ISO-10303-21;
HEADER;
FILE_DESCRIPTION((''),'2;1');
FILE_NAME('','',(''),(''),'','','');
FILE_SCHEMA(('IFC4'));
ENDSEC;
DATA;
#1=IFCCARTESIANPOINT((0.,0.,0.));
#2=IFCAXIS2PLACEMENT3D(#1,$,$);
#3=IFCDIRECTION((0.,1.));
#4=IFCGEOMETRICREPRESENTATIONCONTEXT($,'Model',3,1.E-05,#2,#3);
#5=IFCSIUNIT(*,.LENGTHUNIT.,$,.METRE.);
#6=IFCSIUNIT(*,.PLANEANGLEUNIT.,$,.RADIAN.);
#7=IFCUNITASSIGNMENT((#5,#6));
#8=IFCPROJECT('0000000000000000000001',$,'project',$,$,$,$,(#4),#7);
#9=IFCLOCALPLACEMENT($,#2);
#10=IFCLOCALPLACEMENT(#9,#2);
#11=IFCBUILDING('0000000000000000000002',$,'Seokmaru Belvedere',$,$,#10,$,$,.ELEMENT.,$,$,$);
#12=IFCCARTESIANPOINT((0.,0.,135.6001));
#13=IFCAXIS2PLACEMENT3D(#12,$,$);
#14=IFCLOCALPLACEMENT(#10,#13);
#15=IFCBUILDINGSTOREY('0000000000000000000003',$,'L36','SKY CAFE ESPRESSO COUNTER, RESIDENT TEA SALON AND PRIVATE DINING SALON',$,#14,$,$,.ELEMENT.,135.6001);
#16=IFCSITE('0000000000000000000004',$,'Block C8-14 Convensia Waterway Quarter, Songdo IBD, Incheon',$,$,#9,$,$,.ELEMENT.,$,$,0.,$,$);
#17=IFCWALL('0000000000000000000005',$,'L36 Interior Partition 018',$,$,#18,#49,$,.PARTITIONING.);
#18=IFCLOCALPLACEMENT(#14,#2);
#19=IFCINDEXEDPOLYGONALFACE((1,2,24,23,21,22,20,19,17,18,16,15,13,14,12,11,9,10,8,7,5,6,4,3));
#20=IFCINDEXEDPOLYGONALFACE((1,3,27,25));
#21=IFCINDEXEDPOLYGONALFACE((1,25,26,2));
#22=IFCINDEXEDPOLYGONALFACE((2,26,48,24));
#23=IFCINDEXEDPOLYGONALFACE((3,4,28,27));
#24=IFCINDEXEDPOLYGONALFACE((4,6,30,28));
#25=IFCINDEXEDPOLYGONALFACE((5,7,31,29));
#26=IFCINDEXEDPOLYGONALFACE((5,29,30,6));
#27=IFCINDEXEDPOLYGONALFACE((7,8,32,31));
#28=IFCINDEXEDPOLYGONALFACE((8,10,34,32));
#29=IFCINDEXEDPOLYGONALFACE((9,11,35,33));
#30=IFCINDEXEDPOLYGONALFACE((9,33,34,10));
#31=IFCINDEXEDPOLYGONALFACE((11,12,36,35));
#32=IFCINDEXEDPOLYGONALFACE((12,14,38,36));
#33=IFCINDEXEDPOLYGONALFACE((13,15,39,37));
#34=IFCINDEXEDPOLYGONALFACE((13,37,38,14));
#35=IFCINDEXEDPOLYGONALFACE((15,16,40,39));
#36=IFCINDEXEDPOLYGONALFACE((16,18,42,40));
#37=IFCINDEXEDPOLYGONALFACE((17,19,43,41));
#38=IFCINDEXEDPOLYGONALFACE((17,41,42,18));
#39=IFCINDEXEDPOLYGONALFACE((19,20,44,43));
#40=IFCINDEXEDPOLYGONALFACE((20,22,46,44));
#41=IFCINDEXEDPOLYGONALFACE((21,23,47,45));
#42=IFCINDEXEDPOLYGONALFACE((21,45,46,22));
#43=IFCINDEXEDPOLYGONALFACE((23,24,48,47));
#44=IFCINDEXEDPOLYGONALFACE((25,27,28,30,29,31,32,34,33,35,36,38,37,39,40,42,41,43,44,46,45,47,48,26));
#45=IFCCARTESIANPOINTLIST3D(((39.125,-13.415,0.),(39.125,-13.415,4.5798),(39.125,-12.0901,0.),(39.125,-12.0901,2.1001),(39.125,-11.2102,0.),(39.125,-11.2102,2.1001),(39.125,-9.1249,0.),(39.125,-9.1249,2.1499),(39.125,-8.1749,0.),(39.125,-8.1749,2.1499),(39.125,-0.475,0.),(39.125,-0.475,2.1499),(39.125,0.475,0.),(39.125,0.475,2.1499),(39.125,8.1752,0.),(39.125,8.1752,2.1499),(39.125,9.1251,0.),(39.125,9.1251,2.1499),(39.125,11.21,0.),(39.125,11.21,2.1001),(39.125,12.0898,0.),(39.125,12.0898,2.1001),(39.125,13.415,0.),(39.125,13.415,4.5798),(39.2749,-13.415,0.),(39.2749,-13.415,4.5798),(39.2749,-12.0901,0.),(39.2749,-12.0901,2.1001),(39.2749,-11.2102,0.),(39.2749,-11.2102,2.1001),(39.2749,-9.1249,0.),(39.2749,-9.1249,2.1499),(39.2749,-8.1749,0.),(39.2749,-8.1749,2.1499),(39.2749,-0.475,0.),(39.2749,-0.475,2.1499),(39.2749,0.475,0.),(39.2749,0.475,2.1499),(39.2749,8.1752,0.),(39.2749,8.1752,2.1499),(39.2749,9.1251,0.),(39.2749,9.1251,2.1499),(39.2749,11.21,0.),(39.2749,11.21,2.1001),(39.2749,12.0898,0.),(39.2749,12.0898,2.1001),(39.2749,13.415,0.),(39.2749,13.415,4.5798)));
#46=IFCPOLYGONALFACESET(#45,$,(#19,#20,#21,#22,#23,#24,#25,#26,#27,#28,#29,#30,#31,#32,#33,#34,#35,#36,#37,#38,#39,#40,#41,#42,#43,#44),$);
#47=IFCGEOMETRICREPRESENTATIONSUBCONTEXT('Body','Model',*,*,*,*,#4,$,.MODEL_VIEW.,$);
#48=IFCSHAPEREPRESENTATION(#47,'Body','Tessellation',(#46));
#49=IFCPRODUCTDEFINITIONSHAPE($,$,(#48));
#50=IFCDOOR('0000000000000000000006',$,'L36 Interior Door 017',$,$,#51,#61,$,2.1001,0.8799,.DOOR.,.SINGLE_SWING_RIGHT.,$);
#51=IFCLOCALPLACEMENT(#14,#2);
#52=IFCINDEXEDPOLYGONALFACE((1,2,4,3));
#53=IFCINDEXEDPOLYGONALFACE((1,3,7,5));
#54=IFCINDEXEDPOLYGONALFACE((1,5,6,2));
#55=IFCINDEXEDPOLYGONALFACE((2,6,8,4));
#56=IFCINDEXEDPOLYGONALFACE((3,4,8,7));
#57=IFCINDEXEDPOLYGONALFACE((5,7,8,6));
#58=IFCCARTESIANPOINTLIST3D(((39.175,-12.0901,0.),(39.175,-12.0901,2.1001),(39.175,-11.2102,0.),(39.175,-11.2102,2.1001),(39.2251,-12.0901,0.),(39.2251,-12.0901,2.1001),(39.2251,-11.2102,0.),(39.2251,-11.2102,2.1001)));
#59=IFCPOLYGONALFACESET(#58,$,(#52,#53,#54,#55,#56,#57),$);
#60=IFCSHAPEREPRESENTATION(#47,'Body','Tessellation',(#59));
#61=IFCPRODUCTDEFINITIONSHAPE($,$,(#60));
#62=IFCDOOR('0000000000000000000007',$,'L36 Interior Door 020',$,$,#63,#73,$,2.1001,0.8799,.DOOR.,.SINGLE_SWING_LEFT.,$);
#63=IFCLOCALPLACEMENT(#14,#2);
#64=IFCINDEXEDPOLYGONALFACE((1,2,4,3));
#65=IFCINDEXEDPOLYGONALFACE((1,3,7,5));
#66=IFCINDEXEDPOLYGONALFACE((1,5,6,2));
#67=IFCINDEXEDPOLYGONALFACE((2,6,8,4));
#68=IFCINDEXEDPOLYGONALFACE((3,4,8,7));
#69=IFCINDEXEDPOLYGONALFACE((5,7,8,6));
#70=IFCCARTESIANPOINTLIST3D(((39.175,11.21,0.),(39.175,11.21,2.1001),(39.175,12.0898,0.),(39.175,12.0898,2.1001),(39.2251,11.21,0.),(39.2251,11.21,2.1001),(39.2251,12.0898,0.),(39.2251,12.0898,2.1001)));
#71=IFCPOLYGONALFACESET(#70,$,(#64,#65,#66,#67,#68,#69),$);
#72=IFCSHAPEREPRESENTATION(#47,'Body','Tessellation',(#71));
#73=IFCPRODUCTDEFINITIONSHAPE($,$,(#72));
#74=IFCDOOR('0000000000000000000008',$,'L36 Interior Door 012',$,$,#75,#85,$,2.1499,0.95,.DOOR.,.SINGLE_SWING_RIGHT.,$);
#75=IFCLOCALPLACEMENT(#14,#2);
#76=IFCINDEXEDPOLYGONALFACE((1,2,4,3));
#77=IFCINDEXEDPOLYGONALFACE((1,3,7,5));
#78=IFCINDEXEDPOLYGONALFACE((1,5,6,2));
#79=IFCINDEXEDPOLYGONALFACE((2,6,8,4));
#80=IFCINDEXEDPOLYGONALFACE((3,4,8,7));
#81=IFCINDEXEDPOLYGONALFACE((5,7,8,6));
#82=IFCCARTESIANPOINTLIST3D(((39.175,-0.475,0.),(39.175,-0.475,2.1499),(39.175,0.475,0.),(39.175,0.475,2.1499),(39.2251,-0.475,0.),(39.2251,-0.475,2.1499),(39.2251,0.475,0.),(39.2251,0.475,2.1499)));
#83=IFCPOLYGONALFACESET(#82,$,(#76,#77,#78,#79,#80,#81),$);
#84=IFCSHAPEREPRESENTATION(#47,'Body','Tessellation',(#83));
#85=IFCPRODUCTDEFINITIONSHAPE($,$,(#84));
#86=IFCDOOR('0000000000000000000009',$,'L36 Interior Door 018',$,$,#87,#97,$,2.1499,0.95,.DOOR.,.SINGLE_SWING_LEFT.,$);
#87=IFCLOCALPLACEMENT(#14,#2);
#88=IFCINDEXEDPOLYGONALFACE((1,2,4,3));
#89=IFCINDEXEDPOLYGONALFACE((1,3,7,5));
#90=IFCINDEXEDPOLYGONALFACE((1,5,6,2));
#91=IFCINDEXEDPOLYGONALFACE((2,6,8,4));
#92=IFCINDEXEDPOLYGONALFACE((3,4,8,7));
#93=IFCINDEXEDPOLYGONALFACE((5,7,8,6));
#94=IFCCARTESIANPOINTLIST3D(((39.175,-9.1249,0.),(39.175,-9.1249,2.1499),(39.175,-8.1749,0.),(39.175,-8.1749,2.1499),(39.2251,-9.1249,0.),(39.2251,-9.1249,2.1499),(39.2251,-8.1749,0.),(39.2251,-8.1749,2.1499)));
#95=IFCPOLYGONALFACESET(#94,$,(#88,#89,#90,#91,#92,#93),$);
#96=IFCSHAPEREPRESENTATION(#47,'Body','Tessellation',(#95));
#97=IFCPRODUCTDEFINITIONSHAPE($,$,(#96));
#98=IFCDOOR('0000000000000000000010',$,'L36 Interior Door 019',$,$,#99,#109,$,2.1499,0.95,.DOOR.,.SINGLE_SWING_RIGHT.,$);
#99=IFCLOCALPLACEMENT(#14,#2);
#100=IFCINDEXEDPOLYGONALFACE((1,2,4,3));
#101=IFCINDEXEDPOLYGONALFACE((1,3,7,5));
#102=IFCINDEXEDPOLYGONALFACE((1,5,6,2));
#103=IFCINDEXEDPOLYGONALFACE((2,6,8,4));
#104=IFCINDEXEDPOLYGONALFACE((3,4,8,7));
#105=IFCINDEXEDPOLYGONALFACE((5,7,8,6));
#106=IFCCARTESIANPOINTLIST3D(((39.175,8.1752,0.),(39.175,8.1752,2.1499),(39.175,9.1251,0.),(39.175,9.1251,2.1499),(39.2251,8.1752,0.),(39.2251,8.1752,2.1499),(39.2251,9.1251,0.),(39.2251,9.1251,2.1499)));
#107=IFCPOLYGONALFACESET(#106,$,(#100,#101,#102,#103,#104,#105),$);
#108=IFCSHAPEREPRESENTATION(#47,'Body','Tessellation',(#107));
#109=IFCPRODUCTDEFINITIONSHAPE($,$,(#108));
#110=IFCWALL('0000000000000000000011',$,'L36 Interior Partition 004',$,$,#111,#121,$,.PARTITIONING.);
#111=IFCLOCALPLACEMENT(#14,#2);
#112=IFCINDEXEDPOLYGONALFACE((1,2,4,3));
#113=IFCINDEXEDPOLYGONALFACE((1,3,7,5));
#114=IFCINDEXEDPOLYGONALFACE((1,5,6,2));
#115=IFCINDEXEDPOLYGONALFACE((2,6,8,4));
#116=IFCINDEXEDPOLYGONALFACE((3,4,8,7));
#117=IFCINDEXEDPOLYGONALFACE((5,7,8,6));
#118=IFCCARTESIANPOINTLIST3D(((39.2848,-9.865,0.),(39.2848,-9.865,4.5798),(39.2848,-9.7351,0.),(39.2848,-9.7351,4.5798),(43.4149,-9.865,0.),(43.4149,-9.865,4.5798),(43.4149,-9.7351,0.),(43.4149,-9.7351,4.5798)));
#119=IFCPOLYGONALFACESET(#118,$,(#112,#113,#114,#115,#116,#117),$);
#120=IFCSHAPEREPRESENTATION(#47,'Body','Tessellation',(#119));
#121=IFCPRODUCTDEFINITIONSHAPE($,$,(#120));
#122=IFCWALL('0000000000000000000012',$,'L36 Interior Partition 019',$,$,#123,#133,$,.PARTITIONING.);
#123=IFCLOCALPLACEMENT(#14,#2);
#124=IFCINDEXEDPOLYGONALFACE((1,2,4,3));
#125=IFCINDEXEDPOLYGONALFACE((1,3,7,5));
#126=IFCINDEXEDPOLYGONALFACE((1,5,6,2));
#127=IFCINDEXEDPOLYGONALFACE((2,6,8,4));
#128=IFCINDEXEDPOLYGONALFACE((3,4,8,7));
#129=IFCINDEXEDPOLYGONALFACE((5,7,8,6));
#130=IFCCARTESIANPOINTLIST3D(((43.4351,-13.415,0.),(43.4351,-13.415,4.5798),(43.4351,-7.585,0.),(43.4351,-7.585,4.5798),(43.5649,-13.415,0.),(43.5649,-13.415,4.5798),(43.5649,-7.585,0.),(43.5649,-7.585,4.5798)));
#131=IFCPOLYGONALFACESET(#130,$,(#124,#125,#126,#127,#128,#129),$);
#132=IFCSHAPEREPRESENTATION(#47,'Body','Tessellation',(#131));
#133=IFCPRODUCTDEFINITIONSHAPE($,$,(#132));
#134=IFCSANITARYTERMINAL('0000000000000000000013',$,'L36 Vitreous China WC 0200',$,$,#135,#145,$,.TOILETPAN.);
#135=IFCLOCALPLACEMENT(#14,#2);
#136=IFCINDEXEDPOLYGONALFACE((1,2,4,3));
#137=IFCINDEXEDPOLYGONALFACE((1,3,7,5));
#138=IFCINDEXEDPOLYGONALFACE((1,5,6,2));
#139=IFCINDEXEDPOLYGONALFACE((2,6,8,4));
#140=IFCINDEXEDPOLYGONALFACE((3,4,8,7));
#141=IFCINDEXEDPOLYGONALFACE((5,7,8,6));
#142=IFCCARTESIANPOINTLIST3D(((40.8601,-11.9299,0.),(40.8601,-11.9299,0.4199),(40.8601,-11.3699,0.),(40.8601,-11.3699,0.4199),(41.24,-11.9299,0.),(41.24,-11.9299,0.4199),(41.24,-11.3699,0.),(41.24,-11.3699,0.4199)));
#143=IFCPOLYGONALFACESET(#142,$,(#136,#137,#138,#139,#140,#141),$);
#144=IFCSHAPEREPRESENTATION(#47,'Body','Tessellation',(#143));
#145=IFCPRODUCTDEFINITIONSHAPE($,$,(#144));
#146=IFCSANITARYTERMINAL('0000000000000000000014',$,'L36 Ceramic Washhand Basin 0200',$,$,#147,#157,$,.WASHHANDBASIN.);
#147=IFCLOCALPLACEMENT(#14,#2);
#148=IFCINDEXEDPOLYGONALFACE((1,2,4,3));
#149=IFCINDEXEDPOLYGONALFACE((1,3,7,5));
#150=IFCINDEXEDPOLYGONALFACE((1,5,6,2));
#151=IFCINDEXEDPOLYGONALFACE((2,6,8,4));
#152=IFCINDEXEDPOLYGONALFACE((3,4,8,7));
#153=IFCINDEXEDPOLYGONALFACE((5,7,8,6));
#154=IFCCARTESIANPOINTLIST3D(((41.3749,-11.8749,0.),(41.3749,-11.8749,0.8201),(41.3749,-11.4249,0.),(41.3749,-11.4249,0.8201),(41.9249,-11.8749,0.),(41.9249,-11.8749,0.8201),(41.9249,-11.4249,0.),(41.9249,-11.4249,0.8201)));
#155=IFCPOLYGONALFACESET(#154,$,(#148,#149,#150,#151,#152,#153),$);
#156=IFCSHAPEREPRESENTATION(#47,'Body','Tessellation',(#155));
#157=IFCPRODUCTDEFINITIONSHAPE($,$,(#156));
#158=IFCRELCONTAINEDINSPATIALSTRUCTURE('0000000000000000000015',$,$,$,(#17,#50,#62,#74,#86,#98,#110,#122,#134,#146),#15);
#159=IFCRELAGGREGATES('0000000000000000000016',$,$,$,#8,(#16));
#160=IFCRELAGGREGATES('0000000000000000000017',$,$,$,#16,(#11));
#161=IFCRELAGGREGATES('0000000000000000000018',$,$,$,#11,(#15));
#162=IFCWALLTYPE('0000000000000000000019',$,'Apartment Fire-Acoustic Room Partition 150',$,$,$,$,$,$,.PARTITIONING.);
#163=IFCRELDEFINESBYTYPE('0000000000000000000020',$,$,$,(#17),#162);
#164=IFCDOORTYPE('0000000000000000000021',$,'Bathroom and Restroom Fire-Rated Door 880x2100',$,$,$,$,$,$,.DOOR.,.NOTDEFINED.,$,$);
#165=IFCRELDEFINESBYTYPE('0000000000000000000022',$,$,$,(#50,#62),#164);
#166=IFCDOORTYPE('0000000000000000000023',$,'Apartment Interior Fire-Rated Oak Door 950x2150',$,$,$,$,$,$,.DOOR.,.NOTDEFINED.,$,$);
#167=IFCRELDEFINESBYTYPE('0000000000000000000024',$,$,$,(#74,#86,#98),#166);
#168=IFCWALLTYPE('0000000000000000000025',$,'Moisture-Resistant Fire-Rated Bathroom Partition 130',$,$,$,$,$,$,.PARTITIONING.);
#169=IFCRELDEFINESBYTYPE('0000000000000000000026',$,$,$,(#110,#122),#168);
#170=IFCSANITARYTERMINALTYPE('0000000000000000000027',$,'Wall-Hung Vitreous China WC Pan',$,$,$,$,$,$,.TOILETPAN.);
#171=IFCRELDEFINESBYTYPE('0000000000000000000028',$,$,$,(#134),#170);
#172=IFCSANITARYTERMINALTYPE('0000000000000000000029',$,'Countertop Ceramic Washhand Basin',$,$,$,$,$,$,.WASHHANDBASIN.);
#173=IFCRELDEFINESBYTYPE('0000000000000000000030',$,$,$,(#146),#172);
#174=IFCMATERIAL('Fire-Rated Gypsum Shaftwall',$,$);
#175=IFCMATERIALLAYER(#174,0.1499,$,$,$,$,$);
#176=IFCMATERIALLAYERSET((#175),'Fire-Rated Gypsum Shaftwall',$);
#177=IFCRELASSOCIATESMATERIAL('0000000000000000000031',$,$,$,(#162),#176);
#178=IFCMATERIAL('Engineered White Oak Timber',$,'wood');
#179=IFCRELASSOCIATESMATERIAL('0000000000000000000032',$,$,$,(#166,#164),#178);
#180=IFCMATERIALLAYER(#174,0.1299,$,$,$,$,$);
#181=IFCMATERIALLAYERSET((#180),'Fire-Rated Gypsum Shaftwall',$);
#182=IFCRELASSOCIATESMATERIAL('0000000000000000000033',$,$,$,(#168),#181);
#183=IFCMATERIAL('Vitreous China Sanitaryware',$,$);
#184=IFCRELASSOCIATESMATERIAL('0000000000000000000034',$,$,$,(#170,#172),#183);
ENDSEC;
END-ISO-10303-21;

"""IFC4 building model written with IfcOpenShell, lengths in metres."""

from ifc_helpers import new_model, si_unit, direction, frame, frame_2d, origin, origin_2d, place, context, subcontext, project, spatial, rectangle, extrude, source, transform, mapped, material, layer, layer_set, type_object, type_shapes, element, fill, save


model = new_model("IFC4")

# Units and contexts
model_context = context("Model", 3, precision=1e-05, world=origin(), true_north=direction((0.0, 1.0)))
body_context = subcontext(model_context, "Body", "Model", "MODEL_VIEW")
ifc_project = project(units=[si_unit("LENGTHUNIT", "METRE"), si_unit("PLANEANGLEUNIT", "RADIAN")], contexts=[model_context])

# Site, building, storey
site_placement = place(None, origin())
site = spatial("IfcSite", under=ifc_project, at=site_placement, Name="Block C8-14 Convensia Waterway Quarter, Songdo IBD, Incheon", CompositionType="ELEMENT", RefElevation=0.0)
building_placement = place(site_placement, origin())
building = spatial("IfcBuilding", under=site, at=building_placement, Name="Seokmaru Belvedere", CompositionType="ELEMENT")
storey_placement = place(building_placement, frame((0.0, 0.0, 135.6001)))
storey = spatial("IfcBuildingStorey", under=building, at=storey_placement, Name="L36", Description="SKY CAFE ESPRESSO COUNTER, RESIDENT TEA SALON AND PRIVATE DINING SALON", CompositionType="ELEMENT", Elevation=135.6001)

# Shared definitions
ifc_material_1 = material(Name="Fire-Rated Gypsum Shaftwall")
ifc_layer_1 = layer(ifc_material_1, 0.1499)
ifc_layer_set_1 = layer_set([ifc_layer_1], Name="Fire-Rated Gypsum Shaftwall")
wall_type_1 = type_object("IfcWallType", Name="Apartment Fire-Acoustic Room Partition 150", PredefinedType="PARTITIONING", material=ifc_layer_set_1)
ifc_material_2 = material(Name="Engineered White Oak Timber", Category="wood")
door_type_1 = type_object("IfcDoorType", Name="Apartment Interior Fire-Rated Oak Door 950x2150", OperationType="NOTDEFINED", PredefinedType="DOOR", material=ifc_material_2)
shared_shape_1 = source(origin(), body_context, "Body", "SweptSolid", [
    extrude(rectangle(XDim=0.95, YDim=2.1499, at=frame_2d((0.4751, 1.075))), frame((0.0, 0.0249, 0.0), z_axis=(0.0, -1.0, 0.0), x_axis=(1.0, 0.0, 0.0)), (0.0, 0.0, 1.0), 0.05),
])
type_shapes(door_type_1, [shared_shape_1])

# Wall, openings, doors
wall_1_placement = place(storey_placement, frame((39.2, -13.415, 0.0), z_axis=(0.0, 0.0, 1.0), x_axis=(0.0, 1.0, 0.0)))
wall_1 = element("IfcWall", 1, at=wall_1_placement, inside=storey, type_object=wall_type_1, Name="L36 Interior Partition 018", PredefinedType="PARTITIONING", context=body_context, shape_type="SweptSolid", body=[
    extrude(rectangle(XDim=26.8301, YDim=0.1499, at=frame_2d((13.415, 0.0))), origin(), (0.0, 0.0, 1.0), 4.5798),
])
opening_1_placement = place(wall_1_placement, frame((12.9399, 0.0, 0.0)))
opening_1 = element("IfcOpeningElement", 2, at=opening_1_placement, cuts=wall_1, PredefinedType="OPENING", context=body_context, shape_type="SweptSolid", body=[
    extrude(rectangle(XDim=0.95, YDim=2.1499, at=frame_2d((0.4751, 1.075))), frame((0.0, 0.085, 0.0), z_axis=(0.0, -1.0, 0.0), x_axis=(1.0, 0.0, 0.0)), (0.0, 0.0, 1.0), 0.1699),
])
opening_2_placement = place(wall_1_placement, frame((1.325, 0.0, 0.0)))
opening_2 = element("IfcOpeningElement", 3, at=opening_2_placement, cuts=wall_1, PredefinedType="OPENING", context=body_context, shape_type="SweptSolid", body=[
    extrude(rectangle(XDim=0.8799, YDim=2.1001, at=frame_2d((0.4399, 1.05))), frame((0.0, 0.085, 0.0), z_axis=(0.0, -1.0, 0.0), x_axis=(1.0, 0.0, 0.0)), (0.0, 0.0, 1.0), 0.1699),
])
opening_3_placement = place(wall_1_placement, frame((4.29, 0.0, 0.0)))
opening_3 = element("IfcOpeningElement", 4, at=opening_3_placement, cuts=wall_1, PredefinedType="OPENING", context=body_context, shape_type="SweptSolid", body=[
    extrude(rectangle(XDim=0.95, YDim=2.1499, at=frame_2d((0.4751, 1.075))), frame((0.0, 0.085, 0.0), z_axis=(0.0, -1.0, 0.0), x_axis=(1.0, 0.0, 0.0)), (0.0, 0.0, 1.0), 0.1699),
])
opening_4_placement = place(wall_1_placement, frame((21.5901, 0.0, 0.0)))
opening_4 = element("IfcOpeningElement", 5, at=opening_4_placement, cuts=wall_1, PredefinedType="OPENING", context=body_context, shape_type="SweptSolid", body=[
    extrude(rectangle(XDim=0.95, YDim=2.1499, at=frame_2d((0.4751, 1.075))), frame((0.0, 0.085, 0.0), z_axis=(0.0, -1.0, 0.0), x_axis=(1.0, 0.0, 0.0)), (0.0, 0.0, 1.0), 0.1699),
])
opening_5_placement = place(wall_1_placement, frame((24.625, 0.0, 0.0)))
opening_5 = element("IfcOpeningElement", 6, at=opening_5_placement, cuts=wall_1, PredefinedType="OPENING", context=body_context, shape_type="SweptSolid", body=[
    extrude(rectangle(XDim=0.8799, YDim=2.1001, at=frame_2d((0.4399, 1.05))), frame((0.0, 0.085, 0.0), z_axis=(0.0, -1.0, 0.0), x_axis=(1.0, 0.0, 0.0)), (0.0, 0.0, 1.0), 0.1699),
])
door_type_2 = type_object("IfcDoorType", Name="Bathroom and Restroom Fire-Rated Door 880x2100", OperationType="NOTDEFINED", PredefinedType="DOOR", material=ifc_material_2)
shared_shape_2 = source(origin(), body_context, "Body", "SweptSolid", [
    extrude(rectangle(XDim=0.8799, YDim=2.1001, at=frame_2d((0.4399, 1.05))), frame((0.0, 0.0249, 0.0), z_axis=(0.0, -1.0, 0.0), x_axis=(1.0, 0.0, 0.0)), (0.0, 0.0, 1.0), 0.05),
])
type_shapes(door_type_2, [shared_shape_2])
door_1_placement = place(opening_2_placement, origin())
door_1 = element("IfcDoor", 7, at=door_1_placement, inside=storey, type_object=door_type_2, Name="L36 Interior Door 017", OperationType="SINGLE_SWING_RIGHT", OverallHeight=2.1001, OverallWidth=0.8799, PredefinedType="DOOR", context=body_context, shape_type="MappedRepresentation", body=[
    mapped(shared_shape_2, transform((0.0, 0.0, 0.0), scale=1.0)),
])
fill(opening_2, door_1)
door_2_placement = place(opening_5_placement, origin())
door_2 = element("IfcDoor", 8, at=door_2_placement, inside=storey, type_object=door_type_2, Name="L36 Interior Door 020", OperationType="SINGLE_SWING_LEFT", OverallHeight=2.1001, OverallWidth=0.8799, PredefinedType="DOOR", context=body_context, shape_type="MappedRepresentation", body=[
    mapped(shared_shape_2, transform((0.0, 0.0, 0.0), scale=1.0)),
])
fill(opening_5, door_2)
door_3_placement = place(opening_1_placement, origin())
door_3 = element("IfcDoor", 9, at=door_3_placement, inside=storey, type_object=door_type_1, Name="L36 Interior Door 012", OperationType="SINGLE_SWING_RIGHT", OverallHeight=2.1499, OverallWidth=0.95, PredefinedType="DOOR", context=body_context, shape_type="MappedRepresentation", body=[
    mapped(shared_shape_1, transform((0.0, 0.0, 0.0), scale=1.0)),
])
fill(opening_1, door_3)
door_4_placement = place(opening_3_placement, origin())
door_4 = element("IfcDoor", 10, at=door_4_placement, inside=storey, type_object=door_type_1, Name="L36 Interior Door 018", OperationType="SINGLE_SWING_LEFT", OverallHeight=2.1499, OverallWidth=0.95, PredefinedType="DOOR", context=body_context, shape_type="MappedRepresentation", body=[
    mapped(shared_shape_1, transform((0.0, 0.0, 0.0), scale=1.0)),
])
fill(opening_3, door_4)
door_5_placement = place(opening_4_placement, origin())
door_5 = element("IfcDoor", 11, at=door_5_placement, inside=storey, type_object=door_type_1, Name="L36 Interior Door 019", OperationType="SINGLE_SWING_RIGHT", OverallHeight=2.1499, OverallWidth=0.95, PredefinedType="DOOR", context=body_context, shape_type="MappedRepresentation", body=[
    mapped(shared_shape_1, transform((0.0, 0.0, 0.0), scale=1.0)),
])
fill(opening_4, door_5)

# Walls
ifc_layer_2 = layer(ifc_material_1, 0.1299)
ifc_layer_set_2 = layer_set([ifc_layer_2], Name="Fire-Rated Gypsum Shaftwall")
wall_type_2 = type_object("IfcWallType", Name="Moisture-Resistant Fire-Rated Bathroom Partition 130", PredefinedType="PARTITIONING", material=ifc_layer_set_2)
wall_2_placement = place(storey_placement, frame((39.2849, -9.8, 0.0), z_axis=(0.0, 0.0, 1.0), x_axis=(1.0, 0.0, 0.0)))
element("IfcWall", 12, at=wall_2_placement, inside=storey, type_object=wall_type_2, Name="L36 Interior Partition 004", PredefinedType="PARTITIONING", context=body_context, shape_type="SweptSolid", body=[
    extrude(rectangle(XDim=4.1301, YDim=0.1299, at=frame_2d((2.0649, 0.0))), origin(), (0.0, 0.0, 1.0), 4.5798),
])
wall_3_placement = place(storey_placement, frame((43.5, -13.415, 0.0), z_axis=(0.0, 0.0, 1.0), x_axis=(0.0, 1.0, 0.0)))
element("IfcWall", 13, at=wall_3_placement, inside=storey, type_object=wall_type_2, Name="L36 Interior Partition 019", PredefinedType="PARTITIONING", context=body_context, shape_type="SweptSolid", body=[
    extrude(rectangle(XDim=5.8301, YDim=0.1299, at=frame_2d((2.915, 0.0))), origin(), (0.0, 0.0, 1.0), 4.5798),
])

# Sanitary terminals
ifc_material_3 = material(Name="Vitreous China Sanitaryware")
sanitary_terminal_type_1 = type_object("IfcSanitaryTerminalType", Name="Wall-Hung Vitreous China WC Pan", PredefinedType="TOILETPAN", material=ifc_material_3)
shared_shape_3 = source(origin(), body_context, "Body", "SweptSolid", [
    extrude(rectangle(XDim=0.3799, YDim=0.5601, at=origin_2d()), origin(), (0.0, 0.0, 1.0), 0.4199),
])
type_shapes(sanitary_terminal_type_1, [shared_shape_3])
sanitary_terminal_1_placement = place(storey_placement, frame((41.05, -11.6499, 0.0), z_axis=(0.0, 0.0, 1.0), x_axis=(1.0, 0.0, 0.0)))
element("IfcSanitaryTerminal", 14, at=sanitary_terminal_1_placement, inside=storey, type_object=sanitary_terminal_type_1, Name="L36 Vitreous China WC 0200", PredefinedType="TOILETPAN", context=body_context, shape_type="MappedRepresentation", body=[
    mapped(shared_shape_3, transform((0.0, 0.0, 0.0), scale=1.0)),
])
sanitary_terminal_type_2 = type_object("IfcSanitaryTerminalType", Name="Countertop Ceramic Washhand Basin", PredefinedType="WASHHANDBASIN", material=ifc_material_3)
shared_shape_4 = source(origin(), body_context, "Body", "SweptSolid", [
    extrude(rectangle(XDim=0.55, YDim=0.45, at=origin_2d()), origin(), (0.0, 0.0, 1.0), 0.8201),
])
type_shapes(sanitary_terminal_type_2, [shared_shape_4])
sanitary_terminal_2_placement = place(storey_placement, frame((41.6499, -11.6499, 0.0), z_axis=(0.0, 0.0, 1.0), x_axis=(1.0, 0.0, 0.0)))
element("IfcSanitaryTerminal", 15, at=sanitary_terminal_2_placement, inside=storey, type_object=sanitary_terminal_type_2, Name="L36 Ceramic Washhand Basin 0200", PredefinedType="WASHHANDBASIN", context=body_context, shape_type="MappedRepresentation", body=[
    mapped(shared_shape_4, transform((0.0, 0.0, 0.0), scale=1.0)),
])

save(model, "model.ifc")
